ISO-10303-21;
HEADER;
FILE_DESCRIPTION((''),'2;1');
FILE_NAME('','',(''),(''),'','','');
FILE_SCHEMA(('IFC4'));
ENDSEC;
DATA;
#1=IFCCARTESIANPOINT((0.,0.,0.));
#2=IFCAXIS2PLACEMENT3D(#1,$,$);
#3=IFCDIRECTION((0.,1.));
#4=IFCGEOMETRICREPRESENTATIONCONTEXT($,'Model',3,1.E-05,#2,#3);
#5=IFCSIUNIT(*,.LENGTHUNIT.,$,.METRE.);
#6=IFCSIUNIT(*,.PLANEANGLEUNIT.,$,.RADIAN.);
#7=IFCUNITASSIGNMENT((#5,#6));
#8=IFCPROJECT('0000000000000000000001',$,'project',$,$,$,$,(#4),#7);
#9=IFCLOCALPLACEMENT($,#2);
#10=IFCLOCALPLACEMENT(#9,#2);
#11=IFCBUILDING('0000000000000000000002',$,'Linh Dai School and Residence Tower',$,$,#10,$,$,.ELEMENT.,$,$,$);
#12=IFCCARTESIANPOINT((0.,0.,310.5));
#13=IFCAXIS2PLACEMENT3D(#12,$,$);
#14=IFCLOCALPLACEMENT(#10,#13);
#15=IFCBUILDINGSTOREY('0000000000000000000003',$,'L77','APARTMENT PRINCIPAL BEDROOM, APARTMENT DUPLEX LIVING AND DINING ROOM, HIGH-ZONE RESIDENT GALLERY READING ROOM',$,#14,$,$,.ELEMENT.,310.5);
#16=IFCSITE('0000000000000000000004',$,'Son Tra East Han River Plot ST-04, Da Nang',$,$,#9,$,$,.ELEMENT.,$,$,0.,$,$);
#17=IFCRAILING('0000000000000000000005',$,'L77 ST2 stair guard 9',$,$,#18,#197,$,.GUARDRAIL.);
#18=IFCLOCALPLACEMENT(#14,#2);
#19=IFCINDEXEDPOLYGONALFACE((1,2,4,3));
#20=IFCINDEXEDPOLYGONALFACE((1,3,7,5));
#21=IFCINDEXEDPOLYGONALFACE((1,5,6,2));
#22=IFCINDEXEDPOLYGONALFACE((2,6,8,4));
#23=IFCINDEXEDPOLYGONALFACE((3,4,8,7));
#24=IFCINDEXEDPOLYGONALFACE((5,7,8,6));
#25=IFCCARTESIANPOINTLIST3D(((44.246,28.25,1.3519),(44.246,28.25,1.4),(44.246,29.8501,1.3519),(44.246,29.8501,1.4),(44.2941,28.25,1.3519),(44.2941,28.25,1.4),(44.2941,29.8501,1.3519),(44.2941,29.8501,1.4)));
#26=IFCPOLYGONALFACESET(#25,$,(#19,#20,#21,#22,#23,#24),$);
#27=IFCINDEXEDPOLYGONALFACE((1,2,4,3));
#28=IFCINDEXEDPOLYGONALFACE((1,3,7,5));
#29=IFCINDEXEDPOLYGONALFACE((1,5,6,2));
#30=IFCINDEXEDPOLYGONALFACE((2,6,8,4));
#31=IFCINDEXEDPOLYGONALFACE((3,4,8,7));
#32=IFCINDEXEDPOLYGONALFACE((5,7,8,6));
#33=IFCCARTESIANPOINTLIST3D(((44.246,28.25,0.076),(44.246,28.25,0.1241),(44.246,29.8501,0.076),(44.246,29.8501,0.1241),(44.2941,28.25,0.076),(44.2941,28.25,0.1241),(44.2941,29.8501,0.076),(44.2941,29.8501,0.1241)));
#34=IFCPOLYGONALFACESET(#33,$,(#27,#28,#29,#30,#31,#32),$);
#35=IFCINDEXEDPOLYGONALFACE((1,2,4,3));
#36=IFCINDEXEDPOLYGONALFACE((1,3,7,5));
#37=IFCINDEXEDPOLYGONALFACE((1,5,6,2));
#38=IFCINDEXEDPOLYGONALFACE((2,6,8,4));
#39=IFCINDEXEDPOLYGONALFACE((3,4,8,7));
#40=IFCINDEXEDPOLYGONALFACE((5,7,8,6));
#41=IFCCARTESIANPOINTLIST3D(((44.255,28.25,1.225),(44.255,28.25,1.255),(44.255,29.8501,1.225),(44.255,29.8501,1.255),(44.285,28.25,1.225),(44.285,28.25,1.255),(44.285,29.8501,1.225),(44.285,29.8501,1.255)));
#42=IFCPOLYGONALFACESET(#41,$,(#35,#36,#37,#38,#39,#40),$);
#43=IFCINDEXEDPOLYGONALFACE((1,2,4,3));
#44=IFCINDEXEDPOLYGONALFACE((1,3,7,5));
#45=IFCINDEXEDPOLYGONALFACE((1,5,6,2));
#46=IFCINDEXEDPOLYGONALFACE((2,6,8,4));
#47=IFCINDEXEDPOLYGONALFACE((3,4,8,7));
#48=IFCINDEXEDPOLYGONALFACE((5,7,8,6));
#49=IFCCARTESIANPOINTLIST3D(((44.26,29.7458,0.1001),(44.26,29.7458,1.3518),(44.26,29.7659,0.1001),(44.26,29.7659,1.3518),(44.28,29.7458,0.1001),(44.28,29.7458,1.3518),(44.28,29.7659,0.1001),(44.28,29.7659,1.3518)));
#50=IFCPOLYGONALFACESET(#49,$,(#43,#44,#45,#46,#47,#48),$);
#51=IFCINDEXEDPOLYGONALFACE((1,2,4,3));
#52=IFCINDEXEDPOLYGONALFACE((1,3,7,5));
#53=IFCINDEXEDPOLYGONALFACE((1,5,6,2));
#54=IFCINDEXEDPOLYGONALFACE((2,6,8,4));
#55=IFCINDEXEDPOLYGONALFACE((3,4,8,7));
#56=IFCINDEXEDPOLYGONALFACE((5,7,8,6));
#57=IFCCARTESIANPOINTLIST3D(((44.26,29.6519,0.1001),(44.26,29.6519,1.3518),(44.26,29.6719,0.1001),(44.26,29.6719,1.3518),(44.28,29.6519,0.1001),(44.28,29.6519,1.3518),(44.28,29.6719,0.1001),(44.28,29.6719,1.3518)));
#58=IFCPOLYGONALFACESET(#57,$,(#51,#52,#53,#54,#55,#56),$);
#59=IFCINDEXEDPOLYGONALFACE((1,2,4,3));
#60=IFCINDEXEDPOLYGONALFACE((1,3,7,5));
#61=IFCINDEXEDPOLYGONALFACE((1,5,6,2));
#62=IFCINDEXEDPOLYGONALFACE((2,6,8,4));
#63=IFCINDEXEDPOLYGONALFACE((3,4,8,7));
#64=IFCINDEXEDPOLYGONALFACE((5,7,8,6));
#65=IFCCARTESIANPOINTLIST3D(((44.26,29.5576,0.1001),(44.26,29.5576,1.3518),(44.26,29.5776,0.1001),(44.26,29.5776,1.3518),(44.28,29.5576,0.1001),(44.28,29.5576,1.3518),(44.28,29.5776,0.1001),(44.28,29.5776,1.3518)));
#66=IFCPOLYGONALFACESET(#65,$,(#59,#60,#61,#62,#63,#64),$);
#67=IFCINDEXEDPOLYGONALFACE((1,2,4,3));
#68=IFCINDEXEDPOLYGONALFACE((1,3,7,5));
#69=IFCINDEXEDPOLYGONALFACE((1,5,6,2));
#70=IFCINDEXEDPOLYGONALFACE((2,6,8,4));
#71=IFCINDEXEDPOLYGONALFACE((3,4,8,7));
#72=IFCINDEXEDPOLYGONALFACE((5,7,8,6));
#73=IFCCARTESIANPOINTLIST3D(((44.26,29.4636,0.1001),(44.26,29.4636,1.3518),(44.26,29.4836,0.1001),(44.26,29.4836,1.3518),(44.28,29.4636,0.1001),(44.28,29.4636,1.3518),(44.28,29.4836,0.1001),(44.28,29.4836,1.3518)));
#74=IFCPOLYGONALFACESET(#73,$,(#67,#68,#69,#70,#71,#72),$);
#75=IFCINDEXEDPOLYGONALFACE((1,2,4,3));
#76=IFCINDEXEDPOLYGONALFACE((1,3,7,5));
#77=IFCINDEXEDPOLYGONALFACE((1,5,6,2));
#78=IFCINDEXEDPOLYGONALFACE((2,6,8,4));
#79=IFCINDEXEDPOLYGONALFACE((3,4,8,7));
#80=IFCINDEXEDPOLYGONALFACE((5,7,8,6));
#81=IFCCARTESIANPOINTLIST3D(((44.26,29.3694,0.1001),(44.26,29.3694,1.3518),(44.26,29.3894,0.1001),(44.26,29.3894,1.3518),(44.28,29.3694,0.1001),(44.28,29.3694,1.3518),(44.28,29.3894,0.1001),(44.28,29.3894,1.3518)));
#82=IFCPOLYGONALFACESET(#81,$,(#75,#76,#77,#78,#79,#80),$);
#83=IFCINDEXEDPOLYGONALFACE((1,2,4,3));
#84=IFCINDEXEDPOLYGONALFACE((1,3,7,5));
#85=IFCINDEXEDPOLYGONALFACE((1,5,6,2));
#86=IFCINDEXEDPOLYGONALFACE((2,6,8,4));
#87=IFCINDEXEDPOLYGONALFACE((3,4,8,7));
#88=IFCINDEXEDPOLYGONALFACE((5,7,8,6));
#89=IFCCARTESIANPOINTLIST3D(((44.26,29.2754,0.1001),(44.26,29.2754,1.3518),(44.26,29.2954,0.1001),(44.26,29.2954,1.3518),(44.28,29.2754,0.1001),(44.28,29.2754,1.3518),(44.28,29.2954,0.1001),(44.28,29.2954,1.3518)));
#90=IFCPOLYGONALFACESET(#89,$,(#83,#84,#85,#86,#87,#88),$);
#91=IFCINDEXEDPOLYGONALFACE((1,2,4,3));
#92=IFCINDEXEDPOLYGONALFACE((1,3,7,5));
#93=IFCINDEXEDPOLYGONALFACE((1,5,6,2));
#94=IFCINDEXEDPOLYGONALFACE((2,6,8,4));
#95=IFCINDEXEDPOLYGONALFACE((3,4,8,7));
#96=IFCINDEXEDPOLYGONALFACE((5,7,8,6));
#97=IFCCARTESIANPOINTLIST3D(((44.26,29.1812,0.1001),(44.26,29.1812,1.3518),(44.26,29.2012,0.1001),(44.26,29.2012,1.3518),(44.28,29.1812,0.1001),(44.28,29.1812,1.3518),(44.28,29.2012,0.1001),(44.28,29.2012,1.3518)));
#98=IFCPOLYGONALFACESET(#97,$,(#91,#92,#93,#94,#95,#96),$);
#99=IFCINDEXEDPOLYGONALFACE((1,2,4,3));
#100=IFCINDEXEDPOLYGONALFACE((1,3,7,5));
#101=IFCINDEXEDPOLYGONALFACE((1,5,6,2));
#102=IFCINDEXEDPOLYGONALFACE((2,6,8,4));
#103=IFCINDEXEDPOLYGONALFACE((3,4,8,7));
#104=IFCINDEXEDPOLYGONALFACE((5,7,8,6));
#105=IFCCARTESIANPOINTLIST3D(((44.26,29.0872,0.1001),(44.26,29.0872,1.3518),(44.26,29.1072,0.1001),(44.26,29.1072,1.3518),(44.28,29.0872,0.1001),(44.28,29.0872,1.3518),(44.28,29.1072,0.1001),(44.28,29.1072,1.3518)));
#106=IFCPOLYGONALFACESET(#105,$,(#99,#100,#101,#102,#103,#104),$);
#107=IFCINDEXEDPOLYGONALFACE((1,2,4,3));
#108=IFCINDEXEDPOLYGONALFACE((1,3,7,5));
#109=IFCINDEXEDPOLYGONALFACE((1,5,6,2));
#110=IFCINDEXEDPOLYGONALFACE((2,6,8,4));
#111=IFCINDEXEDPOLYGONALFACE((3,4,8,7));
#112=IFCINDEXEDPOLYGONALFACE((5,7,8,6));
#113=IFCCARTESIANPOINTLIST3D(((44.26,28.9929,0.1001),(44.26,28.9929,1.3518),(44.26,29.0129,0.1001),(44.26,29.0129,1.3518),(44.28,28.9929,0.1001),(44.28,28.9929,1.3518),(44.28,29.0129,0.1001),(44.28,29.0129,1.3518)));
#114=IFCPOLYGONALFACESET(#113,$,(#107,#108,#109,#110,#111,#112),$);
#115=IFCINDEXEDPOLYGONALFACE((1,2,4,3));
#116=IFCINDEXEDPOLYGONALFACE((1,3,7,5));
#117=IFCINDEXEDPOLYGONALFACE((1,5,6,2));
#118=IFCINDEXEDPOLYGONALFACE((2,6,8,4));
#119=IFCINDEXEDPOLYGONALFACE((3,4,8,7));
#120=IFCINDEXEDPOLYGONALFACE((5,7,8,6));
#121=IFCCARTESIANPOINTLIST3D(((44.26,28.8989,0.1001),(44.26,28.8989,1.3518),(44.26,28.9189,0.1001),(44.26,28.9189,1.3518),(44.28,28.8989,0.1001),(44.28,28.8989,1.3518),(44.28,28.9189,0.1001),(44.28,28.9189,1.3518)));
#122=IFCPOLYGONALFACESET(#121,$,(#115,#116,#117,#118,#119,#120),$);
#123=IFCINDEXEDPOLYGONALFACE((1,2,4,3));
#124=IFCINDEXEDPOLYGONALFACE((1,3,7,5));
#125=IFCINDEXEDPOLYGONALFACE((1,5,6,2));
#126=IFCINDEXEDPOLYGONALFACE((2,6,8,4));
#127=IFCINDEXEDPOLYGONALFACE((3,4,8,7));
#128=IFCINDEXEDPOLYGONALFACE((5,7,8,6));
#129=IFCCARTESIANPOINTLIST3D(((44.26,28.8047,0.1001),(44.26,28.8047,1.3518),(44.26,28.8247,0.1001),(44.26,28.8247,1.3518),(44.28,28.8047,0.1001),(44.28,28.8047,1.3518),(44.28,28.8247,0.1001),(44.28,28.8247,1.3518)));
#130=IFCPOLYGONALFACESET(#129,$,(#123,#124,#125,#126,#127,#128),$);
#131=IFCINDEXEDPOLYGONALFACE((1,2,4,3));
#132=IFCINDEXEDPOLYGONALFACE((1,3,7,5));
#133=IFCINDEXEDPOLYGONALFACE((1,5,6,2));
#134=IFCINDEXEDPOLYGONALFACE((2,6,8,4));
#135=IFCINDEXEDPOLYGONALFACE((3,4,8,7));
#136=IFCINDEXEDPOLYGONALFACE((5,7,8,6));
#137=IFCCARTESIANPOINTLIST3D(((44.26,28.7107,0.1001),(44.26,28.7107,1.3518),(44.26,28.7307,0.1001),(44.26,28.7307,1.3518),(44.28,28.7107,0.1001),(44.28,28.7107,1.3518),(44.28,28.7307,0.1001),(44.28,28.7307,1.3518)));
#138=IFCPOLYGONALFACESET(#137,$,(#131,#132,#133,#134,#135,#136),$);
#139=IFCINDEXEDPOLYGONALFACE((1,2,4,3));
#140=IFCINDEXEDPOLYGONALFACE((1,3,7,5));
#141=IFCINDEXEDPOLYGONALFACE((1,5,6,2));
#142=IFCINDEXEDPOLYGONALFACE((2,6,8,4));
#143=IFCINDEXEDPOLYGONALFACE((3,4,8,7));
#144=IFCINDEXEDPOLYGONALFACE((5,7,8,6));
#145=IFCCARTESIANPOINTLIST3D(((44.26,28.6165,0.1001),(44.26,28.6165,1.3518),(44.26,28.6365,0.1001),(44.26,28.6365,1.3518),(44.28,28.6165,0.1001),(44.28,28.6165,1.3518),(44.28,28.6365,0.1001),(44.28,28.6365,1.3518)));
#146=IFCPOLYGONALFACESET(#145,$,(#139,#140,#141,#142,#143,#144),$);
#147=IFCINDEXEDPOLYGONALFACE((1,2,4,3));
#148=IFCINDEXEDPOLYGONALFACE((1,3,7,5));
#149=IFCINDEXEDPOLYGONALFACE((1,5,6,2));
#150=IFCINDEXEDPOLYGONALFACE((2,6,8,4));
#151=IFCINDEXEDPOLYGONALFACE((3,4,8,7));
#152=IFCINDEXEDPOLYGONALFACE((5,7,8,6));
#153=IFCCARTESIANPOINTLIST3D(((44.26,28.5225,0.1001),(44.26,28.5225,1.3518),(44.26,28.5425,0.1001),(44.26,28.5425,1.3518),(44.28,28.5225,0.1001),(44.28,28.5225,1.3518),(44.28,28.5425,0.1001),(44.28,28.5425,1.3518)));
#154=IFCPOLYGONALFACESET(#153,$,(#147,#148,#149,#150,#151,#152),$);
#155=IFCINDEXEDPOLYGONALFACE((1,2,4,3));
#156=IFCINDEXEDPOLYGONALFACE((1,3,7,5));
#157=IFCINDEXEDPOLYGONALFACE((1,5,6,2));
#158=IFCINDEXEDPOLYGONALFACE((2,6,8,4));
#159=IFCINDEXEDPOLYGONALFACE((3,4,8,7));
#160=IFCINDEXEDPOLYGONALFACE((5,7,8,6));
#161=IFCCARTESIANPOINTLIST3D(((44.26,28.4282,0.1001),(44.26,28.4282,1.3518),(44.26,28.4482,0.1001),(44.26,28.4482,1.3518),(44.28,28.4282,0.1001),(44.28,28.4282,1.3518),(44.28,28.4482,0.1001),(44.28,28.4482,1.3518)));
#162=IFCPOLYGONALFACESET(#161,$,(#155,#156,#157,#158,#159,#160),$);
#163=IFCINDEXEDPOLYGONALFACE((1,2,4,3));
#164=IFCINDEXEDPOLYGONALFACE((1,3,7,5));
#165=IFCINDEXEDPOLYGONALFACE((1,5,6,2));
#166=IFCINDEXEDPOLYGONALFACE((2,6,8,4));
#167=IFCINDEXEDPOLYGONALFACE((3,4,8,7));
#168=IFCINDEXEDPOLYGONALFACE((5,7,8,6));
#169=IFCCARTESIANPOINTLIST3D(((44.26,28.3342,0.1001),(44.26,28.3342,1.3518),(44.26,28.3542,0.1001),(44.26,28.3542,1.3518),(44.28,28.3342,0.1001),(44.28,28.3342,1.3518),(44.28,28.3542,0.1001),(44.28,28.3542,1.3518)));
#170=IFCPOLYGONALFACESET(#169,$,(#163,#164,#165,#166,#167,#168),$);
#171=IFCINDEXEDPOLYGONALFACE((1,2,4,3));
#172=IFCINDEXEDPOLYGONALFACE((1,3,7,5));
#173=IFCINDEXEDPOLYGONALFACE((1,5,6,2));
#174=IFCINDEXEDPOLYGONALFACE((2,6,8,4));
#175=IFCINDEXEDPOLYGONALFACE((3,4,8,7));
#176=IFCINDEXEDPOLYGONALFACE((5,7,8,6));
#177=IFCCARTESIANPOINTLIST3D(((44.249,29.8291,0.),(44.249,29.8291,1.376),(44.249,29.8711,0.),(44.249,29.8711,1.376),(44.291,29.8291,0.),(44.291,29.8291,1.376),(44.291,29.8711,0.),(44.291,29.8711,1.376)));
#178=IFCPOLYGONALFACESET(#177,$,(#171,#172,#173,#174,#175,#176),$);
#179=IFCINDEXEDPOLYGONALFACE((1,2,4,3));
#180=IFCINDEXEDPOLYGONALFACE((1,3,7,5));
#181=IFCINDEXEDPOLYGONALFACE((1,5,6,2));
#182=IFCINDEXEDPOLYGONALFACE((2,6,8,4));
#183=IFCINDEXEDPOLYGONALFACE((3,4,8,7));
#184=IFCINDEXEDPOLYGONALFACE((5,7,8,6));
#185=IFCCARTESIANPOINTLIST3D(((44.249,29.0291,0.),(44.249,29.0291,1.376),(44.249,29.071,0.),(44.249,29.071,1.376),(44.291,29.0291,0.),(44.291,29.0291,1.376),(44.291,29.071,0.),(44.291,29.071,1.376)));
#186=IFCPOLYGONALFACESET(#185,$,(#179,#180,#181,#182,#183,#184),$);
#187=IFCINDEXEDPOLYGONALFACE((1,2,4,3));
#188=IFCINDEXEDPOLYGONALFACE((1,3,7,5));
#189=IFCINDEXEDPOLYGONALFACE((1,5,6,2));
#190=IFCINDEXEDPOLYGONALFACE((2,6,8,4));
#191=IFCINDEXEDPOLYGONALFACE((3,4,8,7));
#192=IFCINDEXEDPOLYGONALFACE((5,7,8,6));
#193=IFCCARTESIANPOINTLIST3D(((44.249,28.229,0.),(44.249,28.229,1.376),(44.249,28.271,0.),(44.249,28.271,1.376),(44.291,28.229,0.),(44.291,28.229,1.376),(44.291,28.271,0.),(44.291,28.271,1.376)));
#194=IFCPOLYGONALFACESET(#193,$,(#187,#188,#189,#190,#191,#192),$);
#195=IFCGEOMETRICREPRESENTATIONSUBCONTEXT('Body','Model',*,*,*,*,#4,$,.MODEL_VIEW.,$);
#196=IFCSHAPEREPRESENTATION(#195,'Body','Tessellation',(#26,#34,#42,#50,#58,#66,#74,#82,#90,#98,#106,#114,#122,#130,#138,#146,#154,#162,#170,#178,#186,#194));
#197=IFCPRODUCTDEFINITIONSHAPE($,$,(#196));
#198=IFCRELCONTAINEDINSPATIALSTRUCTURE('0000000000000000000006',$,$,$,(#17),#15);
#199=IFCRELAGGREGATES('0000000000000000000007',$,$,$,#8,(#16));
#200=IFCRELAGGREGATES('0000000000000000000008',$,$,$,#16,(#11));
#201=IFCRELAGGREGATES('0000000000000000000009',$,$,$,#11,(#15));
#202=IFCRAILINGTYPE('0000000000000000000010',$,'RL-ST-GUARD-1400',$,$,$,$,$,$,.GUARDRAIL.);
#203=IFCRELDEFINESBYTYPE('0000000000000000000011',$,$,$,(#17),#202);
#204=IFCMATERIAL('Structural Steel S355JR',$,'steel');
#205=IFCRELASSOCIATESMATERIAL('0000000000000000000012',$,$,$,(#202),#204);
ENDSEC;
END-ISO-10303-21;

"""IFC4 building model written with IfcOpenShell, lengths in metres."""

from ifc_helpers import new_model, si_unit, direction, frame, origin, origin_2d, place, context, subcontext, project, spatial, rectangle, extrude, source, transform, mapped, material, type_object, element, save


model = new_model("IFC4")

# Units and contexts
model_context = context("Model", 3, precision=1e-05, world=origin(), true_north=direction((0.0, 1.0)))
body_context = subcontext(model_context, "Body", "Model", "MODEL_VIEW")
ifc_project = project(units=[si_unit("LENGTHUNIT", "METRE"), si_unit("PLANEANGLEUNIT", "RADIAN")], contexts=[model_context])

# Site, building, storey
site_placement = place(None, origin())
site = spatial("IfcSite", under=ifc_project, at=site_placement, Name="Son Tra East Han River Plot ST-04, Da Nang", CompositionType="ELEMENT", RefElevation=0.0)
building_placement = place(site_placement, origin())
building = spatial("IfcBuilding", under=site, at=building_placement, Name="Linh Dai School and Residence Tower", CompositionType="ELEMENT")
storey_placement = place(building_placement, frame((0.0, 0.0, 310.5)))
storey = spatial("IfcBuildingStorey", under=building, at=storey_placement, Name="L77", Description="APARTMENT PRINCIPAL BEDROOM, APARTMENT DUPLEX LIVING AND DINING ROOM, HIGH-ZONE RESIDENT GALLERY READING ROOM", CompositionType="ELEMENT", Elevation=310.5)

# Shared definitions
ifc_material_1 = material(Name="Structural Steel S355JR", Category="steel")

# Railing
railing_type_1 = type_object("IfcRailingType", Name="RL-ST-GUARD-1400", PredefinedType="GUARDRAIL", material=ifc_material_1)
shared_shape_1 = source(origin(), body_context, "Body", "SweptSolid", [
    extrude(rectangle(XDim=0.0481, YDim=0.0481, at=origin_2d()), frame((0.0, 0.0, 1.376), z_axis=(0.0, -1.0, 0.0), x_axis=(1.0, 0.0, 0.0)), (0.0, 0.0, 1.0), 1.6001),
    extrude(rectangle(XDim=0.0481, YDim=0.0481, at=origin_2d()), frame((0.0, 0.0, 0.1001), z_axis=(0.0, -1.0, 0.0), x_axis=(1.0, 0.0, 0.0)), (0.0, 0.0, 1.0), 1.6001),
    extrude(rectangle(XDim=0.03, YDim=0.03, at=origin_2d()), frame((0.0, 0.0, 1.24), z_axis=(0.0, -1.0, 0.0), x_axis=(1.0, 0.0, 0.0)), (0.0, 0.0, 1.0), 1.6001),
    extrude(rectangle(XDim=0.02, YDim=0.02, at=origin_2d()), frame((0.0, -0.0942, 0.1001)), (0.0, 0.0, 1.0), 1.2517),
    extrude(rectangle(XDim=0.02, YDim=0.02, at=origin_2d()), frame((0.0, -0.1882, 0.1001)), (0.0, 0.0, 1.0), 1.2517),
    extrude(rectangle(XDim=0.02, YDim=0.02, at=origin_2d()), frame((0.0, -0.2825, 0.1001)), (0.0, 0.0, 1.0), 1.2517),
    extrude(rectangle(XDim=0.02, YDim=0.02, at=origin_2d()), frame((0.0, -0.3765, 0.1001)), (0.0, 0.0, 1.0), 1.2517),
    extrude(rectangle(XDim=0.02, YDim=0.02, at=origin_2d()), frame((0.0, -0.4707, 0.1001)), (0.0, 0.0, 1.0), 1.2517),
    extrude(rectangle(XDim=0.02, YDim=0.02, at=origin_2d()), frame((0.0, -0.5647, 0.1001)), (0.0, 0.0, 1.0), 1.2517),
    extrude(rectangle(XDim=0.02, YDim=0.02, at=origin_2d()), frame((0.0, -0.6589, 0.1001)), (0.0, 0.0, 1.0), 1.2517),
    extrude(rectangle(XDim=0.02, YDim=0.02, at=origin_2d()), frame((0.0, -0.7529, 0.1001)), (0.0, 0.0, 1.0), 1.2517),
    extrude(rectangle(XDim=0.02, YDim=0.02, at=origin_2d()), frame((0.0, -0.8472, 0.1001)), (0.0, 0.0, 1.0), 1.2517),
    extrude(rectangle(XDim=0.02, YDim=0.02, at=origin_2d()), frame((0.0, -0.9412, 0.1001)), (0.0, 0.0, 1.0), 1.2517),
    extrude(rectangle(XDim=0.02, YDim=0.02, at=origin_2d()), frame((0.0, -1.0354, 0.1001)), (0.0, 0.0, 1.0), 1.2517),
    extrude(rectangle(XDim=0.02, YDim=0.02, at=origin_2d()), frame((0.0, -1.1294, 0.1001)), (0.0, 0.0, 1.0), 1.2517),
    extrude(rectangle(XDim=0.02, YDim=0.02, at=origin_2d()), frame((0.0, -1.2236, 0.1001)), (0.0, 0.0, 1.0), 1.2517),
    extrude(rectangle(XDim=0.02, YDim=0.02, at=origin_2d()), frame((0.0, -1.3176, 0.1001)), (0.0, 0.0, 1.0), 1.2517),
    extrude(rectangle(XDim=0.02, YDim=0.02, at=origin_2d()), frame((0.0, -1.4119, 0.1001)), (0.0, 0.0, 1.0), 1.2517),
    extrude(rectangle(XDim=0.02, YDim=0.02, at=origin_2d()), frame((0.0, -1.5059, 0.1001)), (0.0, 0.0, 1.0), 1.2517),
    extrude(rectangle(XDim=0.042, YDim=0.042, at=origin_2d()), origin(), (0.0, 0.0, 1.0), 1.376),
    extrude(rectangle(XDim=0.042, YDim=0.042, at=origin_2d()), frame((0.0, -0.8, 0.0)), (0.0, 0.0, 1.0), 1.376),
    extrude(rectangle(XDim=0.042, YDim=0.042, at=origin_2d()), frame((0.0, -1.6001, 0.0)), (0.0, 0.0, 1.0), 1.376),
])
for number, where, name in (
    (1, (44.27, 29.8501, 0.0), "L77 ST2 stair guard 9"),
):
    element("IfcRailing", number, at=place(storey_placement, frame(where)), inside=storey, type_object=railing_type_1, Name=name, PredefinedType="GUARDRAIL", context=body_context, shape_type="MappedRepresentation", body=[
        mapped(shared_shape_1, transform((0.0, 0.0, 0.0), x_axis=(1.0, 0.0, 0.0), y_axis=(0.0, 1.0, 0.0), z_axis=(0.0, 0.0, 1.0), scale=1.0)),
    ])

save(model, "model.ifc")
